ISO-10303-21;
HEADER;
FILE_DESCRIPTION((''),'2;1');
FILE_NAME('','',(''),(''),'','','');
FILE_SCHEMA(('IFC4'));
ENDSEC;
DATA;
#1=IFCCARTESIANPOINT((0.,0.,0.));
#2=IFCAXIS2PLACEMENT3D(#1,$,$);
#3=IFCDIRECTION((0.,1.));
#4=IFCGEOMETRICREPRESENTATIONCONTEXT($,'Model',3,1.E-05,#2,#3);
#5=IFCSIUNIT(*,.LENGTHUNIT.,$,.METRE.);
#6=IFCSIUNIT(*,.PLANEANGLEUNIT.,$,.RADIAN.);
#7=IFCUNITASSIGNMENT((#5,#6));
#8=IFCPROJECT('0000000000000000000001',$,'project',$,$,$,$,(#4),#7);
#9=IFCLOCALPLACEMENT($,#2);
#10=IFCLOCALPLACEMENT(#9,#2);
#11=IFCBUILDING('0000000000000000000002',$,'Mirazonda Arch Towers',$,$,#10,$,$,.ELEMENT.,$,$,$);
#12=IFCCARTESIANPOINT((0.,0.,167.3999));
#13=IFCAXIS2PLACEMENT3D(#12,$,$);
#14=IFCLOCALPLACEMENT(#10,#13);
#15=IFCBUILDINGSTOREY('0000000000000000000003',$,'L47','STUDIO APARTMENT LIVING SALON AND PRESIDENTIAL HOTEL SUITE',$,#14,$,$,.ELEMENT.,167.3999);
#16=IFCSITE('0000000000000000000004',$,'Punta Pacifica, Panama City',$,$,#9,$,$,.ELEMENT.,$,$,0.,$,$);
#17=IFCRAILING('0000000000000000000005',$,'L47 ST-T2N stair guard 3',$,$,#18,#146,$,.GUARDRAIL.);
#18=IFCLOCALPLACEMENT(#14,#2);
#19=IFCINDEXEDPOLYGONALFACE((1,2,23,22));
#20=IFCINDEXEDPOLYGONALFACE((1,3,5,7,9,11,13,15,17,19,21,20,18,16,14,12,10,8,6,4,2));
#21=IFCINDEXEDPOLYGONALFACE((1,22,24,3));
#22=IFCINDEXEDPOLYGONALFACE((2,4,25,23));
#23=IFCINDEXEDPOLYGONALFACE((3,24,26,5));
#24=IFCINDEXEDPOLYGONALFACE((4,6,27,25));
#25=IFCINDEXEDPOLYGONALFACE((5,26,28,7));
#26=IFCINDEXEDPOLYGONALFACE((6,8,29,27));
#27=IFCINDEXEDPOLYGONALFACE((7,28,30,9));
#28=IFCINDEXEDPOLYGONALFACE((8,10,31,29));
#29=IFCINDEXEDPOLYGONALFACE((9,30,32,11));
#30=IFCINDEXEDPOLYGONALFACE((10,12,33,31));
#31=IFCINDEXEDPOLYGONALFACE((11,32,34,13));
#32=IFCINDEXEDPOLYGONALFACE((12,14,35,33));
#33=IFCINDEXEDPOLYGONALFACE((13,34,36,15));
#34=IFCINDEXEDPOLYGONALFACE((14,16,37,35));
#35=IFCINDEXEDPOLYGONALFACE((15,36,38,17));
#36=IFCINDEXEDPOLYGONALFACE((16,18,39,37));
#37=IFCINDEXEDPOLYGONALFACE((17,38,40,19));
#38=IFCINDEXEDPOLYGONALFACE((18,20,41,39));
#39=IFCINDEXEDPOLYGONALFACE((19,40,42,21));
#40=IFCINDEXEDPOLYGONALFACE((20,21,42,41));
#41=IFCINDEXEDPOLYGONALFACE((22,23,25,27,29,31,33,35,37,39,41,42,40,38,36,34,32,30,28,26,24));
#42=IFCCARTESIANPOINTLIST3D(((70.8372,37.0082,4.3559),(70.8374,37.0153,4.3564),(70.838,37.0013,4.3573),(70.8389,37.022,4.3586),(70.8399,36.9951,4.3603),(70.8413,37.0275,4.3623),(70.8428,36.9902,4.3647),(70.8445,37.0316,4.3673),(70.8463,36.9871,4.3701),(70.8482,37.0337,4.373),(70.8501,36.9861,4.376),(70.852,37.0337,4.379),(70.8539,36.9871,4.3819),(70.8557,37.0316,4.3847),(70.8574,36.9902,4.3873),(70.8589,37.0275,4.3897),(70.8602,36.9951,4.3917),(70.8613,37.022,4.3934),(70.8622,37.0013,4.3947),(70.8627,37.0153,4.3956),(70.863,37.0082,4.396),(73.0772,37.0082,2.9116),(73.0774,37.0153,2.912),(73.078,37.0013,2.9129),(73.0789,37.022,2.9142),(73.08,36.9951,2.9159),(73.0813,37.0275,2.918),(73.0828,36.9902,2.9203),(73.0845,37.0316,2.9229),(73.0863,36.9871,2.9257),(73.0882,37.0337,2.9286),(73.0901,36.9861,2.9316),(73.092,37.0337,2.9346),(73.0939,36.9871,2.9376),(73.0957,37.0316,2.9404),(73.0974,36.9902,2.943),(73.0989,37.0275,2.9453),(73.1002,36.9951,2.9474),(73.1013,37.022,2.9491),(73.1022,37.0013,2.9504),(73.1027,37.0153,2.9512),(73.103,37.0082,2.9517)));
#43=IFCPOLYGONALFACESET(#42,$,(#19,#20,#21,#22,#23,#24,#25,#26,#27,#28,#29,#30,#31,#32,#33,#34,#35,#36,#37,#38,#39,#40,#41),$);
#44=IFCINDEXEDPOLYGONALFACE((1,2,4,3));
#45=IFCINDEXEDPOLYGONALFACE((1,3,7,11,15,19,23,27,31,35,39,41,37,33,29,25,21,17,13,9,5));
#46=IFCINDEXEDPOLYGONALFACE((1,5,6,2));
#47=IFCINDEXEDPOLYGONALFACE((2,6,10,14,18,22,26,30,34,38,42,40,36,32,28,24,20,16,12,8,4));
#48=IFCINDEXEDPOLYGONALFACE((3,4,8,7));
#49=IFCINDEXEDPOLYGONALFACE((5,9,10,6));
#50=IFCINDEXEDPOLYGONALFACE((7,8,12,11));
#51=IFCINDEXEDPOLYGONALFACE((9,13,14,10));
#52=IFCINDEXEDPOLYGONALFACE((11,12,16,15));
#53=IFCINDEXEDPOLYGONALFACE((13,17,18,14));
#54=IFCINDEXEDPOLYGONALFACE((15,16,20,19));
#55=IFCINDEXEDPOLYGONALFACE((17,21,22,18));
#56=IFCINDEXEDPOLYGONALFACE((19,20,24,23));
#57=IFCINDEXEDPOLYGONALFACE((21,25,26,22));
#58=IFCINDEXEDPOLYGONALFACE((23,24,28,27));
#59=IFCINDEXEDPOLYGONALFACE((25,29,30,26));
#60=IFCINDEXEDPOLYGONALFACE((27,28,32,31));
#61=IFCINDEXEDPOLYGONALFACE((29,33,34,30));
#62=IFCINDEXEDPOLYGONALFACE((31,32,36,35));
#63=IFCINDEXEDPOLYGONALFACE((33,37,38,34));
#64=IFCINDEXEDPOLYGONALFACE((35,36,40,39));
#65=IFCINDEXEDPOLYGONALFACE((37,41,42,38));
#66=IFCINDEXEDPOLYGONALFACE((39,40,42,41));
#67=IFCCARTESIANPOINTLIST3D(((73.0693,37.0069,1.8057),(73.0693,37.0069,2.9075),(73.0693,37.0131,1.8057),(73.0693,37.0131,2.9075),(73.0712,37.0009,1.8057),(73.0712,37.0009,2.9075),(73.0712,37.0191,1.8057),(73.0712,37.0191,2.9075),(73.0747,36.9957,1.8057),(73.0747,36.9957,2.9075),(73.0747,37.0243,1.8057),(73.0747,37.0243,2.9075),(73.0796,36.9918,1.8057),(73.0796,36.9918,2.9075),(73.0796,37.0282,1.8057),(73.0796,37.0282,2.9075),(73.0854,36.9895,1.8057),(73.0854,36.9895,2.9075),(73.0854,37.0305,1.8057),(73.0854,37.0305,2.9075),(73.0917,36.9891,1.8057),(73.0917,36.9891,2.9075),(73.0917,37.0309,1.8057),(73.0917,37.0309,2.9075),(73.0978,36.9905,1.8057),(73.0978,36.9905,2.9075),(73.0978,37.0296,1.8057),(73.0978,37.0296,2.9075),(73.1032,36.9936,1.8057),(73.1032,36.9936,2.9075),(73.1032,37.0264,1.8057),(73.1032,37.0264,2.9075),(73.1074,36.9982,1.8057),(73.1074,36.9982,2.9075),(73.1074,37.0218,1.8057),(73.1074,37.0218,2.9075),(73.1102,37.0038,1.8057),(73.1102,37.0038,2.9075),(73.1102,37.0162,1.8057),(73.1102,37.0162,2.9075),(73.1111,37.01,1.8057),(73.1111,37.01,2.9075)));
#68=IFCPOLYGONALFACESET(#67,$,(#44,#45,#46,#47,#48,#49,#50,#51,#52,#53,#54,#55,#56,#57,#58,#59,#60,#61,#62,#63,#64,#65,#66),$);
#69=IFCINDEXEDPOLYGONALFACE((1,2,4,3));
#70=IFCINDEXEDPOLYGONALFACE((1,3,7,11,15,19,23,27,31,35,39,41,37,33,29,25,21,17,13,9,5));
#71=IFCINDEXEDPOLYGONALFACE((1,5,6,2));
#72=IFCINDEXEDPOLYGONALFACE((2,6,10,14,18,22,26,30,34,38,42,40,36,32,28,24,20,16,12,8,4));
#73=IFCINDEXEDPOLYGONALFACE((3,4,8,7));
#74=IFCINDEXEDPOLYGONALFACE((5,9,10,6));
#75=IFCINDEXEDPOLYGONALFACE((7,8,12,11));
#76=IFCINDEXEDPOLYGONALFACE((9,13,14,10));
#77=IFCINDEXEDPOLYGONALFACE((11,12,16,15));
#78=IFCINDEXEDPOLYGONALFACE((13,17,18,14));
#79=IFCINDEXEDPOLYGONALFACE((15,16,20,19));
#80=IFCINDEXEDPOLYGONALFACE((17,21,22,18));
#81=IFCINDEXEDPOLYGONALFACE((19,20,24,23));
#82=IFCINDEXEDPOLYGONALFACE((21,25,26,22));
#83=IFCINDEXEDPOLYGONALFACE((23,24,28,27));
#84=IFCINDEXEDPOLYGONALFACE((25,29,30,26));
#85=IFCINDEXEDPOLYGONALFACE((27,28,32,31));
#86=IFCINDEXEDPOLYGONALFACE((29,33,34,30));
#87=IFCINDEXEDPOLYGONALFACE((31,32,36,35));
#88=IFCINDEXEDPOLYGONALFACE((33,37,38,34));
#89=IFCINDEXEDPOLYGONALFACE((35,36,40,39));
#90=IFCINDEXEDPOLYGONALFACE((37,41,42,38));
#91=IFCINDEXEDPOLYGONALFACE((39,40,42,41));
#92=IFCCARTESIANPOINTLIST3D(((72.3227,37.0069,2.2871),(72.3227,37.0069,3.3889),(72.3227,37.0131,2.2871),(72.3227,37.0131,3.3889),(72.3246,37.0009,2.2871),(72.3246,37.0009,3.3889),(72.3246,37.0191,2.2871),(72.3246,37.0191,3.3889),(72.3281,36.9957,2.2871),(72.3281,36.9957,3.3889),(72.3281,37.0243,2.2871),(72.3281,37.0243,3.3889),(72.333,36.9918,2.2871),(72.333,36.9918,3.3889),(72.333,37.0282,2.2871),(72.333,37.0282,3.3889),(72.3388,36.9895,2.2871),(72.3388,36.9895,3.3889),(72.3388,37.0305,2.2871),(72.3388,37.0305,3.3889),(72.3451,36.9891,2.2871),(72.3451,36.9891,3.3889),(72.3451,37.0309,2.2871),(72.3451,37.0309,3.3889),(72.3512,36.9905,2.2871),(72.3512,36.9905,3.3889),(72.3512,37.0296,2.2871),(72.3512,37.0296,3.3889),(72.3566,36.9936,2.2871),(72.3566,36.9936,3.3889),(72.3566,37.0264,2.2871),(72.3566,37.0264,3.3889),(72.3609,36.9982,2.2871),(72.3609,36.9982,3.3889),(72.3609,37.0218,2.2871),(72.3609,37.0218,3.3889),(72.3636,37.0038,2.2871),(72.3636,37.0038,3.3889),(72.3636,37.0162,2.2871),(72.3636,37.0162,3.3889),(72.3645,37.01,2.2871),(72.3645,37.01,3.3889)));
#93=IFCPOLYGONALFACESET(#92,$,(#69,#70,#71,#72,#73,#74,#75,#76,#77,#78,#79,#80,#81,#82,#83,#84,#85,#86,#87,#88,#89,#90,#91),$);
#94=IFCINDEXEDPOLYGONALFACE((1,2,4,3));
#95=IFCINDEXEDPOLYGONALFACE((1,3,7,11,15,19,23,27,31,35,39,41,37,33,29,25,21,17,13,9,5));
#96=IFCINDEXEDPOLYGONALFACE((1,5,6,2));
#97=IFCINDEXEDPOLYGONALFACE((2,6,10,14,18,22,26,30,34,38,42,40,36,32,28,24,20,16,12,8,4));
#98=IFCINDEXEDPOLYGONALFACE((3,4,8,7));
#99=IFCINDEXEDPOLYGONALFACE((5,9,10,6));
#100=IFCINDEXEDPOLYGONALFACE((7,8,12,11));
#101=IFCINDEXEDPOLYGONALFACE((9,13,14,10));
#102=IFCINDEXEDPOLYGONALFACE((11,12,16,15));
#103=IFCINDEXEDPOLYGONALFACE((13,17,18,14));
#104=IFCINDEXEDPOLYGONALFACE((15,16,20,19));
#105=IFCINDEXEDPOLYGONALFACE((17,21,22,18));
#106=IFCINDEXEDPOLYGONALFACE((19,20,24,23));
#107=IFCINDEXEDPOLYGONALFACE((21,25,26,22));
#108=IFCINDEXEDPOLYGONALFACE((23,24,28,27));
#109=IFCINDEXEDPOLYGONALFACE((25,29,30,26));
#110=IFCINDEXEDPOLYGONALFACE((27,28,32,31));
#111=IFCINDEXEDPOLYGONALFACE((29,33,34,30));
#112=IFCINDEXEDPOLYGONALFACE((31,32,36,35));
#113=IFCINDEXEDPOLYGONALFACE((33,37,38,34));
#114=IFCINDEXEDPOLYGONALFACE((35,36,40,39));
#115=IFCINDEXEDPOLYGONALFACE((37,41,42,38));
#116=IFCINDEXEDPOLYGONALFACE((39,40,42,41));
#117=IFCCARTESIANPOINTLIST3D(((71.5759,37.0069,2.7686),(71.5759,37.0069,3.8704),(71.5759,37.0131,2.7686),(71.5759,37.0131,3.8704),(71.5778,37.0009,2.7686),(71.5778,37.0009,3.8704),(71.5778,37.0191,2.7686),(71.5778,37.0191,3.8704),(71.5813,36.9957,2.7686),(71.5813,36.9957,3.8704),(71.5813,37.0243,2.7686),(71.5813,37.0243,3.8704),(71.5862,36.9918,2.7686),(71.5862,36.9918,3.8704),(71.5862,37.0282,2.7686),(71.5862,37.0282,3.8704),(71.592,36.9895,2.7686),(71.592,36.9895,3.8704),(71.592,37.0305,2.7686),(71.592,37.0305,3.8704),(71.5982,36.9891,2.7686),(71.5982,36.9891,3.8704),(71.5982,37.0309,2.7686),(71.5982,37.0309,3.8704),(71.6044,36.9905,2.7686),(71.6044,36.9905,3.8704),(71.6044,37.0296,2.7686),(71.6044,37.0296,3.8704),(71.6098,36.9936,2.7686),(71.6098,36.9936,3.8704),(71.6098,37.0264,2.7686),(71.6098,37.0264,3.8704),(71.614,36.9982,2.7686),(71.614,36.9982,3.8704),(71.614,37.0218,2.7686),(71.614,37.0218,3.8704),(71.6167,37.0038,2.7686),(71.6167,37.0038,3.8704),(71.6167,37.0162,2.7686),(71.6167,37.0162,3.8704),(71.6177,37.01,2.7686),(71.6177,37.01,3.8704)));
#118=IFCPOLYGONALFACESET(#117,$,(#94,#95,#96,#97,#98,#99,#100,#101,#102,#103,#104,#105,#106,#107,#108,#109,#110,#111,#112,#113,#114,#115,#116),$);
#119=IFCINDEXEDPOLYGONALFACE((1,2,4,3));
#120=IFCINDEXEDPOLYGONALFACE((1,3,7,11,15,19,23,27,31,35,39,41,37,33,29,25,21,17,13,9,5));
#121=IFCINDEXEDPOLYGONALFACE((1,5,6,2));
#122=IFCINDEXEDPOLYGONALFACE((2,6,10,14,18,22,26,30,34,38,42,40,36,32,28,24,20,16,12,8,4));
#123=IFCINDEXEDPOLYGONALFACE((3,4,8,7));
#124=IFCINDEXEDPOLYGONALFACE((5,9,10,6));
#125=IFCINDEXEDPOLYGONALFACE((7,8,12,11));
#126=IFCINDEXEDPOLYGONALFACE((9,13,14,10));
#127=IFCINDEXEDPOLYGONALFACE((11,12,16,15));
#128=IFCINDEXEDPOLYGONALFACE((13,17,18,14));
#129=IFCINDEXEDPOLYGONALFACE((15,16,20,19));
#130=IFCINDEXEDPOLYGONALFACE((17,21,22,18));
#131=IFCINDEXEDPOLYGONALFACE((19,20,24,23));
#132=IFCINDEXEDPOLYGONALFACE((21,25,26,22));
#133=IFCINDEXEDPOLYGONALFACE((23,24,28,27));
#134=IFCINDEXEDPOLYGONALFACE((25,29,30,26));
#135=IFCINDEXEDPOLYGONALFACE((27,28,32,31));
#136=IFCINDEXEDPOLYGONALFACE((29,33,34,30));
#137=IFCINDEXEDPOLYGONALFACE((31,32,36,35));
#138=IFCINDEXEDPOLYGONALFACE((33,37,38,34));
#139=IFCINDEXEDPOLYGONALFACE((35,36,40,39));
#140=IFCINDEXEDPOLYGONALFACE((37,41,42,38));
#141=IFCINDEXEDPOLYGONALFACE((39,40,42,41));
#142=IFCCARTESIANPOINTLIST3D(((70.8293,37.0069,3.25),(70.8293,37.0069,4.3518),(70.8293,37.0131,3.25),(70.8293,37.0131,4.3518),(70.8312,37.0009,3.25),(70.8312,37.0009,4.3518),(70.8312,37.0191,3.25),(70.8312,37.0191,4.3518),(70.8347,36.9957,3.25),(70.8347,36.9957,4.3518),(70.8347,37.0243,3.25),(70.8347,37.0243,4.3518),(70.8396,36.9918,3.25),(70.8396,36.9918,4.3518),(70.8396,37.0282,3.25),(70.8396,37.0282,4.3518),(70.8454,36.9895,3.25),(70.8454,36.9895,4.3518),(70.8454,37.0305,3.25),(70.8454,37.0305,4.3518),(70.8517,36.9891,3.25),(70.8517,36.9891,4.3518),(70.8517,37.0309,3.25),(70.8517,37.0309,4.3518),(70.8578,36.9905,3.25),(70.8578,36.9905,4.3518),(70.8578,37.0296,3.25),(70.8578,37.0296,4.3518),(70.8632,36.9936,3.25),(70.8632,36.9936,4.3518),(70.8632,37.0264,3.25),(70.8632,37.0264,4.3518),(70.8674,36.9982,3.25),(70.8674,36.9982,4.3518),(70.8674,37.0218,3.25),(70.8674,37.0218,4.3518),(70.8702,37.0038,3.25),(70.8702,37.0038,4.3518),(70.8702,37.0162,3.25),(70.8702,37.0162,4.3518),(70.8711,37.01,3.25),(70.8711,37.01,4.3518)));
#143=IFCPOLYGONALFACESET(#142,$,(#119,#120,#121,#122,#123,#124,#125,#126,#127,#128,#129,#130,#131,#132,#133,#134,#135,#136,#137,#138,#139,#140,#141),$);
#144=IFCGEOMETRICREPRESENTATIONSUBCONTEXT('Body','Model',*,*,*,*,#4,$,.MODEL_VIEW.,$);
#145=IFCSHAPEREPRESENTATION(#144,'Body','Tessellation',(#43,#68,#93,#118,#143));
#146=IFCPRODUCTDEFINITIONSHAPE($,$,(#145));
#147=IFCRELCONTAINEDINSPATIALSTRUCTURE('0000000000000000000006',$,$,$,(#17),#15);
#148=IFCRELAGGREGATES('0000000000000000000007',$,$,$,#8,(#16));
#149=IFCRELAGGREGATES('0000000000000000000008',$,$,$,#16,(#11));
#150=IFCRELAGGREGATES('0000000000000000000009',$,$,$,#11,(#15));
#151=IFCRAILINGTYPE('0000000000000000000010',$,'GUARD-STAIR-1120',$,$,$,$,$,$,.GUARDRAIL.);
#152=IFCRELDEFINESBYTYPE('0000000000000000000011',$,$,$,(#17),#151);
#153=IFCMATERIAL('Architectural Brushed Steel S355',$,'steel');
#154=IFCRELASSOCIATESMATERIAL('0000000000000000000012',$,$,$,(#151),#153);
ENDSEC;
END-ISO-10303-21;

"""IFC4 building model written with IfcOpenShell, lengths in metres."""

from ifc_helpers import new_model, si_unit, direction, frame, origin, origin_2d, place, context, subcontext, project, spatial, circle, extrude, material, type_object, element, save


model = new_model("IFC4")

# Units and contexts
model_context = context("Model", 3, precision=1e-05, world=origin(), true_north=direction((0.0, 1.0)))
body_context = subcontext(model_context, "Body", "Model", "MODEL_VIEW")
ifc_project = project(units=[si_unit("LENGTHUNIT", "METRE"), si_unit("PLANEANGLEUNIT", "RADIAN")], contexts=[model_context])

# Site, building, storey
site_placement = place(None, origin())
site = spatial("IfcSite", under=ifc_project, at=site_placement, Name="Punta Pacifica, Panama City", CompositionType="ELEMENT", RefElevation=0.0)
building_placement = place(site_placement, origin())
building = spatial("IfcBuilding", under=site, at=building_placement, Name="Mirazonda Arch Towers", CompositionType="ELEMENT")
storey_placement = place(building_placement, frame((0.0, 0.0, 167.3999)))
storey = spatial("IfcBuildingStorey", under=building, at=storey_placement, Name="L47", Description="STUDIO APARTMENT LIVING SALON AND PRESIDENTIAL HOTEL SUITE", CompositionType="ELEMENT", Elevation=167.3999)

# Shared definitions
ifc_material_1 = material(Name="Architectural Brushed Steel S355", Category="steel")

# Railing
railing_type_1 = type_object("IfcRailingType", Name="GUARD-STAIR-1120", PredefinedType="GUARDRAIL", material=ifc_material_1)
railing_1_placement = place(storey_placement, frame((73.0901, 37.01, 1.8057)))
element("IfcRailing", 1, at=railing_1_placement, inside=storey, type_object=railing_type_1, Name="L47 ST-T2N stair guard 3", PredefinedType="GUARDRAIL", context=body_context, shape_type="SweptSolid", body=[
    extrude(circle(Radius=0.0239, at=origin_2d()), frame((0.0, 0.0, 1.126), z_axis=(-0.840437, 0.0, 0.54191), x_axis=(0.0, -1.0, 0.0)), (0.0, 0.0, 1.0), 2.6653),
    extrude(circle(Radius=0.021, at=origin_2d()), origin(), (0.0, 0.0, 1.0), 1.1018),
    extrude(circle(Radius=0.021, at=origin_2d()), frame((-0.7466, 0.0, 0.4814)), (0.0, 0.0, 1.0), 1.1018),
    extrude(circle(Radius=0.021, at=origin_2d()), frame((-1.4934, 0.0, 0.9629)), (0.0, 0.0, 1.0), 1.1018),
    extrude(circle(Radius=0.021, at=origin_2d()), frame((-2.24, 0.0, 1.4443)), (0.0, 0.0, 1.0), 1.1018),
])

save(model, "model.ifc")
